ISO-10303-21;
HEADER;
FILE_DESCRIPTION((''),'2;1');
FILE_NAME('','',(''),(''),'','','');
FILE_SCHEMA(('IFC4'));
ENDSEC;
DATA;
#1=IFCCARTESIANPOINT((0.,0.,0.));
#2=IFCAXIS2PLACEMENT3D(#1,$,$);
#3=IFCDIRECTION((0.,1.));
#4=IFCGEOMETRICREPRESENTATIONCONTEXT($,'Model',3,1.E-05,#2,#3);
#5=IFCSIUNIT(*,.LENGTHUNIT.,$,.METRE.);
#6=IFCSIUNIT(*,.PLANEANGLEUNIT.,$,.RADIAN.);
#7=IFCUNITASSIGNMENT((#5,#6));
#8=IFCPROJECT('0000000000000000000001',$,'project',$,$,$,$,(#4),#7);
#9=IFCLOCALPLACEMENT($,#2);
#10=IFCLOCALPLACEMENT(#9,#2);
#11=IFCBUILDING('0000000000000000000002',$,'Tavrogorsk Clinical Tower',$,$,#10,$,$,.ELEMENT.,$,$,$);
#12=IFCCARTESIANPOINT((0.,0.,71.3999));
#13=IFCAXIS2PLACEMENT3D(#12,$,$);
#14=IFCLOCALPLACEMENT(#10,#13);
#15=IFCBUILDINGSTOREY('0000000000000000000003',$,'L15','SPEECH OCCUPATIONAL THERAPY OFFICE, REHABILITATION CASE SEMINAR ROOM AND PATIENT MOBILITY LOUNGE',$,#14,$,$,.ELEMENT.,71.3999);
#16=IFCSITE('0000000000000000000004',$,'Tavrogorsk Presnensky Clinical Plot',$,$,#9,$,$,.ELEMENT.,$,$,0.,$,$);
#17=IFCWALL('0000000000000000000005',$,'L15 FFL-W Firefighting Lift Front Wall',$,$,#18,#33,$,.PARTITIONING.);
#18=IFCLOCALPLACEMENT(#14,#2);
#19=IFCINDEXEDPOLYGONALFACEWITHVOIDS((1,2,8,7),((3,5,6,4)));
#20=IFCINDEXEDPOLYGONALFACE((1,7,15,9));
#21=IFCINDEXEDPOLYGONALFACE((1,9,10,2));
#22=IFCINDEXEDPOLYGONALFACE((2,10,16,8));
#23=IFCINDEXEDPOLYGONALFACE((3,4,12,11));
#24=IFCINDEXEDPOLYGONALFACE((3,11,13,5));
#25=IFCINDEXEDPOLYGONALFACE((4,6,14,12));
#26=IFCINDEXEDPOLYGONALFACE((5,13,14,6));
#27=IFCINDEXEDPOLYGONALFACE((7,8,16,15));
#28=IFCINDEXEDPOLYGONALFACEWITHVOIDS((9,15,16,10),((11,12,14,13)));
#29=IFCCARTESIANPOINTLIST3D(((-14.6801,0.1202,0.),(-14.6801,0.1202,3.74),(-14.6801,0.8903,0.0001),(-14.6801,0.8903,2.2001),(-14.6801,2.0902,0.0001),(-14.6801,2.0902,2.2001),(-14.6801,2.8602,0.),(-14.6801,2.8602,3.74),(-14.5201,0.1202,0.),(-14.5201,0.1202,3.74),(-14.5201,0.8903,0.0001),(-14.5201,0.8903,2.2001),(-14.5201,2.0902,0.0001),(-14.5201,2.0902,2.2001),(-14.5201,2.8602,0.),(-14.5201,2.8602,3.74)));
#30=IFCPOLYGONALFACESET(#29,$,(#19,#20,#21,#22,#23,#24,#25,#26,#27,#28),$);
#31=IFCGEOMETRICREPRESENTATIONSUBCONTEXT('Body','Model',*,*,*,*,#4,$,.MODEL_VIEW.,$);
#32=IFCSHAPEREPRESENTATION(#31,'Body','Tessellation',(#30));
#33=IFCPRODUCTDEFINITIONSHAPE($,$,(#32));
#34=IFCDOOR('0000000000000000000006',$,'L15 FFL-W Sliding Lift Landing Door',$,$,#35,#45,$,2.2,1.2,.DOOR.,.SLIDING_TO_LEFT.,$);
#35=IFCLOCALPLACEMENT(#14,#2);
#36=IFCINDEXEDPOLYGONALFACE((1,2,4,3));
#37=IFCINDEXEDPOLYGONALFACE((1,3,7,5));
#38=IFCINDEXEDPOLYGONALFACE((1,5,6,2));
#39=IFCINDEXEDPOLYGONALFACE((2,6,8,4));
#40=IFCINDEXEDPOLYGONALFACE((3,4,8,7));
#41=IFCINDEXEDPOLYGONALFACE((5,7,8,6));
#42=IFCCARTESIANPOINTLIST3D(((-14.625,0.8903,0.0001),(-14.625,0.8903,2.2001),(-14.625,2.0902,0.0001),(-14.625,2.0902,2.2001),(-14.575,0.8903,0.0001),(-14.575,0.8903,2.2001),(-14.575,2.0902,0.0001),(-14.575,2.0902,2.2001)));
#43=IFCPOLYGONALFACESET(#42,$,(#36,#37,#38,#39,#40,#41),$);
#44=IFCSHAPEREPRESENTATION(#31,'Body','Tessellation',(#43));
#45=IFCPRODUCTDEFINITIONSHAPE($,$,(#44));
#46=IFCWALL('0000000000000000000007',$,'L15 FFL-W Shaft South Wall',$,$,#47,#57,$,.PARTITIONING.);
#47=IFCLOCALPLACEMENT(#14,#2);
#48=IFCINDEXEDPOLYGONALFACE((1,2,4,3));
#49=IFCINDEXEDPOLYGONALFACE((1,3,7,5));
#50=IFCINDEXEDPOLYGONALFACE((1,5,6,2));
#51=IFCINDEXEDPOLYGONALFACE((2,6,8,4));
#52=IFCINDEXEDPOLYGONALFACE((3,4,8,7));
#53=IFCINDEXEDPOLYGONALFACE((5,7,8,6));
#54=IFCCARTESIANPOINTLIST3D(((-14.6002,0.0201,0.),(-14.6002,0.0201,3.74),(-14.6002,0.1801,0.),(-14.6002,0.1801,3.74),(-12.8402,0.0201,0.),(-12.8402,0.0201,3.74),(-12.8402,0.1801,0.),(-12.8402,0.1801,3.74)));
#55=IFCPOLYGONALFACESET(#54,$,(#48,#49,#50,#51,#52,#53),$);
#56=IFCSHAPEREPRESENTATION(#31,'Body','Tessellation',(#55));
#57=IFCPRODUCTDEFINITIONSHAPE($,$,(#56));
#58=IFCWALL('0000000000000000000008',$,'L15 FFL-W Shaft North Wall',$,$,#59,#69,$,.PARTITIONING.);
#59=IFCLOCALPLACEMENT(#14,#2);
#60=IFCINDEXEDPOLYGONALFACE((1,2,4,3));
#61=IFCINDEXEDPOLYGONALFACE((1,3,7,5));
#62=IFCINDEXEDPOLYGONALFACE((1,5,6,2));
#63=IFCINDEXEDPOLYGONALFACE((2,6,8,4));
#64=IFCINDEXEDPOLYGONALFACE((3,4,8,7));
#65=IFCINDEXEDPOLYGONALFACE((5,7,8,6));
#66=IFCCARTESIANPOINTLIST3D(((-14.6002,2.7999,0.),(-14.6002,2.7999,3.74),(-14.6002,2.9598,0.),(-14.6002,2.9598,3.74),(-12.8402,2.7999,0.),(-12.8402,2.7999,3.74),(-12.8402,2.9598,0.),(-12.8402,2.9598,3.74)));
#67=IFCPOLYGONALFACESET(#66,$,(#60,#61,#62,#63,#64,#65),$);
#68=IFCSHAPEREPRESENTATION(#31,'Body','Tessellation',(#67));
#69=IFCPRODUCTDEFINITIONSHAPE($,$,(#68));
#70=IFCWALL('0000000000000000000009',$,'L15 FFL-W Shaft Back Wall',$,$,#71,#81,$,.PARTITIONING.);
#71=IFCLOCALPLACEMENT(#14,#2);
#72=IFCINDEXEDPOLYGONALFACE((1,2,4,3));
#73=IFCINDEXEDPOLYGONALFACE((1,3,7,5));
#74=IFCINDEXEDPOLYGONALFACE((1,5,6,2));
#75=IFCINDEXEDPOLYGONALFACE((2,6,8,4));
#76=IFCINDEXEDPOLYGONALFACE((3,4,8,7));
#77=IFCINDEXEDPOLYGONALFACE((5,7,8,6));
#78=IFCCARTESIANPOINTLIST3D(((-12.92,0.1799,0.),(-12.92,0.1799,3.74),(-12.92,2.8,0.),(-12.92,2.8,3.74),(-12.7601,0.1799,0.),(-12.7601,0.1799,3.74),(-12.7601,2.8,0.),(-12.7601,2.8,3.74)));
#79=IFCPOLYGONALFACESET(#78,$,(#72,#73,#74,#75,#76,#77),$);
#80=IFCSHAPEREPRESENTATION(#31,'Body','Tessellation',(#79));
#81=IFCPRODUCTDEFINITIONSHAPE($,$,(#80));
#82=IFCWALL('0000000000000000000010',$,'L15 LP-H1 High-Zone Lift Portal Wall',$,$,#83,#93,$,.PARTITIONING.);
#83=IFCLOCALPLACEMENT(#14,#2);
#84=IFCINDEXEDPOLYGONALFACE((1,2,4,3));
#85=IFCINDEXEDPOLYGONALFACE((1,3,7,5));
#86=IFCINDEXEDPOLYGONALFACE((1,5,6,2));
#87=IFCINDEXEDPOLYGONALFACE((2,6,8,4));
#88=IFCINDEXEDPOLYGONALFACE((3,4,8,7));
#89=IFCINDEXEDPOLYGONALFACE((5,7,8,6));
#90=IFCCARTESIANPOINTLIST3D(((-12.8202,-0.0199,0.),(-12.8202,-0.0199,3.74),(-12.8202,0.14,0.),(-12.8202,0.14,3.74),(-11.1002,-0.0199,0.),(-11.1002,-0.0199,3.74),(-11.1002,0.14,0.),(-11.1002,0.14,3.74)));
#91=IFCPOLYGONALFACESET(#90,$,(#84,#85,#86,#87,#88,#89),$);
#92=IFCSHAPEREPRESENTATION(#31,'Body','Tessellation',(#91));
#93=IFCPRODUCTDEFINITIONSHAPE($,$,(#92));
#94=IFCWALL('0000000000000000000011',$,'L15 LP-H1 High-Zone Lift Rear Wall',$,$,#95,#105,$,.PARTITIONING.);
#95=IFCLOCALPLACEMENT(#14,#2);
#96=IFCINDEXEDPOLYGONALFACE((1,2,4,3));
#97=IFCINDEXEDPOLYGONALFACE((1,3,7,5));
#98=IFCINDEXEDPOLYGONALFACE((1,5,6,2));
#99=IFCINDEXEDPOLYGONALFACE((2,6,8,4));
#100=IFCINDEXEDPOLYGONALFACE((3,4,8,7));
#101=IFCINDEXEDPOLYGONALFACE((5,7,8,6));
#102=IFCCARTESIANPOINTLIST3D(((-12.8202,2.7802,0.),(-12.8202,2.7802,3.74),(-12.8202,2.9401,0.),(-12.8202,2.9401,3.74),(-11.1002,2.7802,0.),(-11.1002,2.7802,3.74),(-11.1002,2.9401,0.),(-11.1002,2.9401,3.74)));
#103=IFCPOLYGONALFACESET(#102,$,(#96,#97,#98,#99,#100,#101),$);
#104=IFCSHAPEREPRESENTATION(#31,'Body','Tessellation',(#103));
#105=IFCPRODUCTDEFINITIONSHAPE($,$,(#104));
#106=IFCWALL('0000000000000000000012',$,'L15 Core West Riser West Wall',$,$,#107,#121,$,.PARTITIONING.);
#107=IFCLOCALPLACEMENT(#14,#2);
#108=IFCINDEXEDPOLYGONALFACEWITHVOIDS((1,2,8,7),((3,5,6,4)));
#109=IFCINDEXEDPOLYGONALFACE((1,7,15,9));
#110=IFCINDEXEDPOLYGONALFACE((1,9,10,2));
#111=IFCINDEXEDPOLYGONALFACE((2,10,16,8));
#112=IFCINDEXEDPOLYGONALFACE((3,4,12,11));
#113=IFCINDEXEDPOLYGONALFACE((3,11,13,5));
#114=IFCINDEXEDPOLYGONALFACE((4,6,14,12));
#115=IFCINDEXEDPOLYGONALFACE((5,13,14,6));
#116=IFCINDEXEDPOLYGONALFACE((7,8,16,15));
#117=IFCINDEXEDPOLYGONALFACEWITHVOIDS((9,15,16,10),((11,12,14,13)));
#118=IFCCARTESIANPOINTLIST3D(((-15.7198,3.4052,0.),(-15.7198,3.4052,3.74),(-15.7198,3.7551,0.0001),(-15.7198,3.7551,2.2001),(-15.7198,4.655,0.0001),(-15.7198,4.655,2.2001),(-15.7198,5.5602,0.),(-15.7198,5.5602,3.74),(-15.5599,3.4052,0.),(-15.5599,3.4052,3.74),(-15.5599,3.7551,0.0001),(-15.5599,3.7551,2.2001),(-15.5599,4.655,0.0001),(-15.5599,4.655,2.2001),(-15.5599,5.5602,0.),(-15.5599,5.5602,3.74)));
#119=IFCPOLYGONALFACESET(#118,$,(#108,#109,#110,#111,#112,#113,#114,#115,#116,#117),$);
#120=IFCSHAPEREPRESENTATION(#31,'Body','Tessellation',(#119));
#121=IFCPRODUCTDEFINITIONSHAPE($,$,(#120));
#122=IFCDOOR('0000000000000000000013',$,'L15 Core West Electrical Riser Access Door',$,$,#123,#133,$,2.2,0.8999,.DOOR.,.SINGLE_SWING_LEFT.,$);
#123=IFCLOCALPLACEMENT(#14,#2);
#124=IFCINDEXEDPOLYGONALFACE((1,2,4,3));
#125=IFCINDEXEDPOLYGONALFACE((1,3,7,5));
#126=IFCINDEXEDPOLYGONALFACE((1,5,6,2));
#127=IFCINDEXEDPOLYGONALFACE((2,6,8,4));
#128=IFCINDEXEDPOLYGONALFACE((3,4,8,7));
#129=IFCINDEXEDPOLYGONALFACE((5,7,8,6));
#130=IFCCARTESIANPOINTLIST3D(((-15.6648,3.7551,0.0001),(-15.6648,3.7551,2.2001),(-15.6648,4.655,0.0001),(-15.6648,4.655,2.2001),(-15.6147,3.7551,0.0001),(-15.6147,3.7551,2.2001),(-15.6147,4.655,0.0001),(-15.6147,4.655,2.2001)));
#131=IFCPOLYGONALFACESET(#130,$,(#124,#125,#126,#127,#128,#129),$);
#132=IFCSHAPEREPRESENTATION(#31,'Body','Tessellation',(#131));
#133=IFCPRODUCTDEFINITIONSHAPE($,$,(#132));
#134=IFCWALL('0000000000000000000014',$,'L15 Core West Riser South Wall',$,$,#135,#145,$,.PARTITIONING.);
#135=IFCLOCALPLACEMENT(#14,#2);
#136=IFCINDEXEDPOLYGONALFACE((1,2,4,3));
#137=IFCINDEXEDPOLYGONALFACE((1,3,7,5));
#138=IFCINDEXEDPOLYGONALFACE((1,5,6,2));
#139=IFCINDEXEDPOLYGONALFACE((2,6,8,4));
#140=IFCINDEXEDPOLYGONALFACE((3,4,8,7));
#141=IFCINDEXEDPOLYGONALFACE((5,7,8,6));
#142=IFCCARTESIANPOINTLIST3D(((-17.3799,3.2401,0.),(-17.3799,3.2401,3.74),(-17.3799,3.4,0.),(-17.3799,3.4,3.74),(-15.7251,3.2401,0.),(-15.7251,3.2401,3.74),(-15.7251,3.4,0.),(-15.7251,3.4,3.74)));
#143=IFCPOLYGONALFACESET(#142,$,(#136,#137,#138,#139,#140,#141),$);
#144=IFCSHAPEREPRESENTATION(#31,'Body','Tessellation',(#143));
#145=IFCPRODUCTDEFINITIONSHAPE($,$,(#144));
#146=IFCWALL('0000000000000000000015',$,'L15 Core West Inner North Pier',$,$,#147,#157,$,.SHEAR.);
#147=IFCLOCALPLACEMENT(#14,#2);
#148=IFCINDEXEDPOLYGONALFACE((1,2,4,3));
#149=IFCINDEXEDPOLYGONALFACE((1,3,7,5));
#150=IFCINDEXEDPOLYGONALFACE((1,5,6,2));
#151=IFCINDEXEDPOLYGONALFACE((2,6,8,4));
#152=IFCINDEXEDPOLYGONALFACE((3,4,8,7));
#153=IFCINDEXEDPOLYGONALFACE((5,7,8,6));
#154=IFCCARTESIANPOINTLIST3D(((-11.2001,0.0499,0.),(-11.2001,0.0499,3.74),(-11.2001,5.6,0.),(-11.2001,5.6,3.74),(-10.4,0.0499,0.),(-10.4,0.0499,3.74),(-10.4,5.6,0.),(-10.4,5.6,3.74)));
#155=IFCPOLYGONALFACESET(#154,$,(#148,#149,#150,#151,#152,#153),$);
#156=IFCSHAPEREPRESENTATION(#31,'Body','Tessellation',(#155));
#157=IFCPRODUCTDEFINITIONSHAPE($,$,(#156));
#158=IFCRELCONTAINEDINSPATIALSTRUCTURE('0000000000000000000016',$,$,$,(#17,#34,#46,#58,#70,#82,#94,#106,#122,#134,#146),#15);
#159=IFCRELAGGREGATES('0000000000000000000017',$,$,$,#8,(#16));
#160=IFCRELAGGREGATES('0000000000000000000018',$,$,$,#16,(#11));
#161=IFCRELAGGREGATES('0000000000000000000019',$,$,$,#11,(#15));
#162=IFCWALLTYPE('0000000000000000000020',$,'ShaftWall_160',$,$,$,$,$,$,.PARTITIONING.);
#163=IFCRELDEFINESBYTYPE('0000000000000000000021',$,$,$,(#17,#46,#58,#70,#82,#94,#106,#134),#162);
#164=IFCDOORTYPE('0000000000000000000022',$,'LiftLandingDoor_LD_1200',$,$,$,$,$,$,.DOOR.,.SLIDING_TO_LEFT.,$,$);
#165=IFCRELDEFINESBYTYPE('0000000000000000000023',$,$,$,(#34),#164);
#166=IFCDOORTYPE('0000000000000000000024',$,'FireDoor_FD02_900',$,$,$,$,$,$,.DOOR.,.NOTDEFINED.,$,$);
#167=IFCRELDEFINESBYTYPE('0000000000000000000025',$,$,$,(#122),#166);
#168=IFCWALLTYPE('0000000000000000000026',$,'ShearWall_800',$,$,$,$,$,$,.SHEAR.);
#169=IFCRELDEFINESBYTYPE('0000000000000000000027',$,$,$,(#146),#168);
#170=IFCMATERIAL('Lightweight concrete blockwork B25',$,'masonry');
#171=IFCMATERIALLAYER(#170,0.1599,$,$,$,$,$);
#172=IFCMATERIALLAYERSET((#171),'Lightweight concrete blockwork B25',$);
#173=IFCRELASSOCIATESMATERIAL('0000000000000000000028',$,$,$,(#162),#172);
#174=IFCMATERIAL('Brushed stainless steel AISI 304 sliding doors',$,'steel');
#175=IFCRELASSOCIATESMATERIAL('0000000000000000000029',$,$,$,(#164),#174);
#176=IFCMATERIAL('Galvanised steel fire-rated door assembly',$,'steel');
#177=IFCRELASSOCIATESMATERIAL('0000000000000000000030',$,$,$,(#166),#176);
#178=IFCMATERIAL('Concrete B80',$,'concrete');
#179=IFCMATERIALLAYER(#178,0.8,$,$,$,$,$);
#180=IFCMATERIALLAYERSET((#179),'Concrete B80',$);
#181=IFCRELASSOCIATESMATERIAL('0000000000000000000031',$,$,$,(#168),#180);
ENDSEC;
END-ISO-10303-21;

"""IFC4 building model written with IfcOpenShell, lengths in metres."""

from ifc_helpers import new_model, si_unit, direction, frame, frame_2d, origin, place, context, subcontext, project, spatial, rectangle, extrude, material, layer, layer_set, type_object, element, fill, save


model = new_model("IFC4")

# Units and contexts
model_context = context("Model", 3, precision=1e-05, world=origin(), true_north=direction((0.0, 1.0)))
body_context = subcontext(model_context, "Body", "Model", "MODEL_VIEW")
ifc_project = project(units=[si_unit("LENGTHUNIT", "METRE"), si_unit("PLANEANGLEUNIT", "RADIAN")], contexts=[model_context])

# Site, building, storey
site_placement = place(None, origin())
site = spatial("IfcSite", under=ifc_project, at=site_placement, Name="Tavrogorsk Presnensky Clinical Plot", CompositionType="ELEMENT", RefElevation=0.0)
building_placement = place(site_placement, origin())
building = spatial("IfcBuilding", under=site, at=building_placement, Name="Tavrogorsk Clinical Tower", CompositionType="ELEMENT")
storey_placement = place(building_placement, frame((0.0, 0.0, 71.3999)))
storey = spatial("IfcBuildingStorey", under=building, at=storey_placement, Name="L15", Description="SPEECH OCCUPATIONAL THERAPY OFFICE, REHABILITATION CASE SEMINAR ROOM AND PATIENT MOBILITY LOUNGE", CompositionType="ELEMENT", Elevation=71.3999)

# Wall, opening, door
ifc_material_1 = material(Name="Lightweight concrete blockwork B25", Category="masonry")
ifc_layer_1 = layer(ifc_material_1, 0.1599)
ifc_layer_set_1 = layer_set([ifc_layer_1], Name="Lightweight concrete blockwork B25")
wall_type_1 = type_object("IfcWallType", Name="ShaftWall_160", PredefinedType="PARTITIONING", material=ifc_layer_set_1)
wall_1_placement = place(storey_placement, frame((-14.6001, 0.1201, 0.0), z_axis=(0.0, 0.0, 1.0), x_axis=(0.0, 1.0, 0.0)))
wall_1 = element("IfcWall", 1, at=wall_1_placement, inside=storey, type_object=wall_type_1, Name="L15 FFL-W Firefighting Lift Front Wall", PredefinedType="PARTITIONING", context=body_context, shape_type="SweptSolid", body=[
    extrude(rectangle(XDim=2.74, YDim=0.1599, at=frame_2d((1.3701, 0.0))), origin(), (0.0, 0.0, 1.0), 3.74),
])
opening_1_placement = place(wall_1_placement, frame((0.77, 0.0, 0.0)))
opening_1 = element("IfcOpeningElement", 2, at=opening_1_placement, cuts=wall_1, PredefinedType="OPENING", context=body_context, shape_type="SweptSolid", body=[
    extrude(rectangle(XDim=1.2, YDim=2.2, at=frame_2d((0.6001, 1.1001))), frame((0.0, 0.0898, 0.0), z_axis=(0.0, -1.0, 0.0), x_axis=(1.0, 0.0, 0.0)), (0.0, 0.0, 1.0), 0.1799),
])
ifc_material_2 = material(Name="Brushed stainless steel AISI 304 sliding doors", Category="steel")
door_type_1 = type_object("IfcDoorType", Name="LiftLandingDoor_LD_1200", OperationType="SLIDING_TO_LEFT", PredefinedType="DOOR", material=ifc_material_2)
door_1_placement = place(opening_1_placement, origin())
door_1 = element("IfcDoor", 3, at=door_1_placement, inside=storey, type_object=door_type_1, Name="L15 FFL-W Sliding Lift Landing Door", OperationType="SLIDING_TO_LEFT", OverallHeight=2.2, OverallWidth=1.2, PredefinedType="DOOR", context=body_context, shape_type="SweptSolid", body=[
    extrude(rectangle(XDim=1.2, YDim=2.2, at=frame_2d((0.6001, 1.1001))), frame((0.0, 0.0249, 0.0), z_axis=(0.0, -1.0, 0.0), x_axis=(1.0, 0.0, 0.0)), (0.0, 0.0, 1.0), 0.05),
])
fill(opening_1, door_1)

# Walls
for number, where, z_axis, x_axis, name in (
    (4, (-14.6001, 0.1001, 0.0), (0.0, 0.0, 1.0), (1.0, 0.0, 0.0), "L15 FFL-W Shaft South Wall"),
    (5, (-14.6001, 2.8799, 0.0), (0.0, 0.0, 1.0), (1.0, 0.0, 0.0), "L15 FFL-W Shaft North Wall"),
):
    element("IfcWall", number, at=place(storey_placement, frame(where, z_axis=z_axis, x_axis=x_axis)), inside=storey, type_object=wall_type_1, Name=name, PredefinedType="PARTITIONING", context=body_context, shape_type="SweptSolid", body=[
        extrude(rectangle(XDim=1.76, YDim=0.1599, at=frame_2d((0.8799, 0.0))), origin(), (0.0, 0.0, 1.0), 3.74),
    ])
wall_2_placement = place(storey_placement, frame((-12.8401, 0.1799, 0.0), z_axis=(0.0, 0.0, 1.0), x_axis=(0.0, 1.0, 0.0)))
element("IfcWall", 6, at=wall_2_placement, inside=storey, type_object=wall_type_1, Name="L15 FFL-W Shaft Back Wall", PredefinedType="PARTITIONING", context=body_context, shape_type="SweptSolid", body=[
    extrude(rectangle(XDim=2.6201, YDim=0.1599, at=frame_2d((1.3101, 0.0))), origin(), (0.0, 0.0, 1.0), 3.74),
])
for number, where, z_axis, x_axis, name in (
    (7, (-12.8201, 0.0601, 0.0), (0.0, 0.0, 1.0), (1.0, 0.0, 0.0), "L15 LP-H1 High-Zone Lift Portal Wall"),
    (8, (-12.8201, 2.8601, 0.0), (0.0, 0.0, 1.0), (1.0, 0.0, 0.0), "L15 LP-H1 High-Zone Lift Rear Wall"),
):
    element("IfcWall", number, at=place(storey_placement, frame(where, z_axis=z_axis, x_axis=x_axis)), inside=storey, type_object=wall_type_1, Name=name, PredefinedType="PARTITIONING", context=body_context, shape_type="SweptSolid", body=[
        extrude(rectangle(XDim=1.72, YDim=0.1599, at=frame_2d((0.8599, 0.0))), origin(), (0.0, 0.0, 1.0), 3.74),
    ])

# Wall, opening, door
wall_3_placement = place(storey_placement, frame((-15.6399, 3.405, 0.0), z_axis=(0.0, 0.0, 1.0), x_axis=(0.0, 1.0, 0.0)))
wall_3 = element("IfcWall", 9, at=wall_3_placement, inside=storey, type_object=wall_type_1, Name="L15 Core West Riser West Wall", PredefinedType="PARTITIONING", context=body_context, shape_type="SweptSolid", body=[
    extrude(rectangle(XDim=2.155, YDim=0.1599, at=frame_2d((1.0776, 0.0))), origin(), (0.0, 0.0, 1.0), 3.74),
])
opening_2_placement = place(wall_3_placement, frame((0.3501, 0.0, 0.0)))
opening_2 = element("IfcOpeningElement", 10, at=opening_2_placement, cuts=wall_3, PredefinedType="OPENING", context=body_context, shape_type="SweptSolid", body=[
    extrude(rectangle(XDim=0.8999, YDim=2.2, at=frame_2d((0.45, 1.1001))), frame((0.0, 0.0898, 0.0), z_axis=(0.0, -1.0, 0.0), x_axis=(1.0, 0.0, 0.0)), (0.0, 0.0, 1.0), 0.1799),
])
ifc_material_3 = material(Name="Galvanised steel fire-rated door assembly", Category="steel")
door_type_2 = type_object("IfcDoorType", Name="FireDoor_FD02_900", OperationType="NOTDEFINED", PredefinedType="DOOR", material=ifc_material_3)
door_2_placement = place(opening_2_placement, origin())
door_2 = element("IfcDoor", 11, at=door_2_placement, inside=storey, type_object=door_type_2, Name="L15 Core West Electrical Riser Access Door", OperationType="SINGLE_SWING_LEFT", OverallHeight=2.2, OverallWidth=0.8999, PredefinedType="DOOR", context=body_context, shape_type="SweptSolid", body=[
    extrude(rectangle(XDim=0.8999, YDim=2.2, at=frame_2d((0.45, 1.1001))), frame((0.0, 0.0249, 0.0), z_axis=(0.0, -1.0, 0.0), x_axis=(1.0, 0.0, 0.0)), (0.0, 0.0, 1.0), 0.05),
])
fill(opening_2, door_2)

# Walls
wall_4_placement = place(storey_placement, frame((-17.3799, 3.3201, 0.0), z_axis=(0.0, 0.0, 1.0), x_axis=(1.0, 0.0, 0.0)))
element("IfcWall", 12, at=wall_4_placement, inside=storey, type_object=wall_type_1, Name="L15 Core West Riser South Wall", PredefinedType="PARTITIONING", context=body_context, shape_type="SweptSolid", body=[
    extrude(rectangle(XDim=1.6548, YDim=0.1599, at=frame_2d((0.8274, 0.0))), origin(), (0.0, 0.0, 1.0), 3.74),
])
ifc_material_4 = material(Name="Concrete B80", Category="concrete")
ifc_layer_2 = layer(ifc_material_4, 0.8)
ifc_layer_set_2 = layer_set([ifc_layer_2], Name="Concrete B80")
wall_type_2 = type_object("IfcWallType", Name="ShearWall_800", PredefinedType="SHEAR", material=ifc_layer_set_2)
wall_5_placement = place(storey_placement, frame((-10.8, 0.05, 0.0), z_axis=(0.0, 0.0, 1.0), x_axis=(0.0, 1.0, 0.0)))
element("IfcWall", 13, at=wall_5_placement, inside=storey, type_object=wall_type_2, Name="L15 Core West Inner North Pier", PredefinedType="SHEAR", context=body_context, shape_type="SweptSolid", body=[
    extrude(rectangle(XDim=5.55, YDim=0.8, at=frame_2d((2.7749, 0.0))), origin(), (0.0, 0.0, 1.0), 3.74),
])

save(model, "model.ifc")
